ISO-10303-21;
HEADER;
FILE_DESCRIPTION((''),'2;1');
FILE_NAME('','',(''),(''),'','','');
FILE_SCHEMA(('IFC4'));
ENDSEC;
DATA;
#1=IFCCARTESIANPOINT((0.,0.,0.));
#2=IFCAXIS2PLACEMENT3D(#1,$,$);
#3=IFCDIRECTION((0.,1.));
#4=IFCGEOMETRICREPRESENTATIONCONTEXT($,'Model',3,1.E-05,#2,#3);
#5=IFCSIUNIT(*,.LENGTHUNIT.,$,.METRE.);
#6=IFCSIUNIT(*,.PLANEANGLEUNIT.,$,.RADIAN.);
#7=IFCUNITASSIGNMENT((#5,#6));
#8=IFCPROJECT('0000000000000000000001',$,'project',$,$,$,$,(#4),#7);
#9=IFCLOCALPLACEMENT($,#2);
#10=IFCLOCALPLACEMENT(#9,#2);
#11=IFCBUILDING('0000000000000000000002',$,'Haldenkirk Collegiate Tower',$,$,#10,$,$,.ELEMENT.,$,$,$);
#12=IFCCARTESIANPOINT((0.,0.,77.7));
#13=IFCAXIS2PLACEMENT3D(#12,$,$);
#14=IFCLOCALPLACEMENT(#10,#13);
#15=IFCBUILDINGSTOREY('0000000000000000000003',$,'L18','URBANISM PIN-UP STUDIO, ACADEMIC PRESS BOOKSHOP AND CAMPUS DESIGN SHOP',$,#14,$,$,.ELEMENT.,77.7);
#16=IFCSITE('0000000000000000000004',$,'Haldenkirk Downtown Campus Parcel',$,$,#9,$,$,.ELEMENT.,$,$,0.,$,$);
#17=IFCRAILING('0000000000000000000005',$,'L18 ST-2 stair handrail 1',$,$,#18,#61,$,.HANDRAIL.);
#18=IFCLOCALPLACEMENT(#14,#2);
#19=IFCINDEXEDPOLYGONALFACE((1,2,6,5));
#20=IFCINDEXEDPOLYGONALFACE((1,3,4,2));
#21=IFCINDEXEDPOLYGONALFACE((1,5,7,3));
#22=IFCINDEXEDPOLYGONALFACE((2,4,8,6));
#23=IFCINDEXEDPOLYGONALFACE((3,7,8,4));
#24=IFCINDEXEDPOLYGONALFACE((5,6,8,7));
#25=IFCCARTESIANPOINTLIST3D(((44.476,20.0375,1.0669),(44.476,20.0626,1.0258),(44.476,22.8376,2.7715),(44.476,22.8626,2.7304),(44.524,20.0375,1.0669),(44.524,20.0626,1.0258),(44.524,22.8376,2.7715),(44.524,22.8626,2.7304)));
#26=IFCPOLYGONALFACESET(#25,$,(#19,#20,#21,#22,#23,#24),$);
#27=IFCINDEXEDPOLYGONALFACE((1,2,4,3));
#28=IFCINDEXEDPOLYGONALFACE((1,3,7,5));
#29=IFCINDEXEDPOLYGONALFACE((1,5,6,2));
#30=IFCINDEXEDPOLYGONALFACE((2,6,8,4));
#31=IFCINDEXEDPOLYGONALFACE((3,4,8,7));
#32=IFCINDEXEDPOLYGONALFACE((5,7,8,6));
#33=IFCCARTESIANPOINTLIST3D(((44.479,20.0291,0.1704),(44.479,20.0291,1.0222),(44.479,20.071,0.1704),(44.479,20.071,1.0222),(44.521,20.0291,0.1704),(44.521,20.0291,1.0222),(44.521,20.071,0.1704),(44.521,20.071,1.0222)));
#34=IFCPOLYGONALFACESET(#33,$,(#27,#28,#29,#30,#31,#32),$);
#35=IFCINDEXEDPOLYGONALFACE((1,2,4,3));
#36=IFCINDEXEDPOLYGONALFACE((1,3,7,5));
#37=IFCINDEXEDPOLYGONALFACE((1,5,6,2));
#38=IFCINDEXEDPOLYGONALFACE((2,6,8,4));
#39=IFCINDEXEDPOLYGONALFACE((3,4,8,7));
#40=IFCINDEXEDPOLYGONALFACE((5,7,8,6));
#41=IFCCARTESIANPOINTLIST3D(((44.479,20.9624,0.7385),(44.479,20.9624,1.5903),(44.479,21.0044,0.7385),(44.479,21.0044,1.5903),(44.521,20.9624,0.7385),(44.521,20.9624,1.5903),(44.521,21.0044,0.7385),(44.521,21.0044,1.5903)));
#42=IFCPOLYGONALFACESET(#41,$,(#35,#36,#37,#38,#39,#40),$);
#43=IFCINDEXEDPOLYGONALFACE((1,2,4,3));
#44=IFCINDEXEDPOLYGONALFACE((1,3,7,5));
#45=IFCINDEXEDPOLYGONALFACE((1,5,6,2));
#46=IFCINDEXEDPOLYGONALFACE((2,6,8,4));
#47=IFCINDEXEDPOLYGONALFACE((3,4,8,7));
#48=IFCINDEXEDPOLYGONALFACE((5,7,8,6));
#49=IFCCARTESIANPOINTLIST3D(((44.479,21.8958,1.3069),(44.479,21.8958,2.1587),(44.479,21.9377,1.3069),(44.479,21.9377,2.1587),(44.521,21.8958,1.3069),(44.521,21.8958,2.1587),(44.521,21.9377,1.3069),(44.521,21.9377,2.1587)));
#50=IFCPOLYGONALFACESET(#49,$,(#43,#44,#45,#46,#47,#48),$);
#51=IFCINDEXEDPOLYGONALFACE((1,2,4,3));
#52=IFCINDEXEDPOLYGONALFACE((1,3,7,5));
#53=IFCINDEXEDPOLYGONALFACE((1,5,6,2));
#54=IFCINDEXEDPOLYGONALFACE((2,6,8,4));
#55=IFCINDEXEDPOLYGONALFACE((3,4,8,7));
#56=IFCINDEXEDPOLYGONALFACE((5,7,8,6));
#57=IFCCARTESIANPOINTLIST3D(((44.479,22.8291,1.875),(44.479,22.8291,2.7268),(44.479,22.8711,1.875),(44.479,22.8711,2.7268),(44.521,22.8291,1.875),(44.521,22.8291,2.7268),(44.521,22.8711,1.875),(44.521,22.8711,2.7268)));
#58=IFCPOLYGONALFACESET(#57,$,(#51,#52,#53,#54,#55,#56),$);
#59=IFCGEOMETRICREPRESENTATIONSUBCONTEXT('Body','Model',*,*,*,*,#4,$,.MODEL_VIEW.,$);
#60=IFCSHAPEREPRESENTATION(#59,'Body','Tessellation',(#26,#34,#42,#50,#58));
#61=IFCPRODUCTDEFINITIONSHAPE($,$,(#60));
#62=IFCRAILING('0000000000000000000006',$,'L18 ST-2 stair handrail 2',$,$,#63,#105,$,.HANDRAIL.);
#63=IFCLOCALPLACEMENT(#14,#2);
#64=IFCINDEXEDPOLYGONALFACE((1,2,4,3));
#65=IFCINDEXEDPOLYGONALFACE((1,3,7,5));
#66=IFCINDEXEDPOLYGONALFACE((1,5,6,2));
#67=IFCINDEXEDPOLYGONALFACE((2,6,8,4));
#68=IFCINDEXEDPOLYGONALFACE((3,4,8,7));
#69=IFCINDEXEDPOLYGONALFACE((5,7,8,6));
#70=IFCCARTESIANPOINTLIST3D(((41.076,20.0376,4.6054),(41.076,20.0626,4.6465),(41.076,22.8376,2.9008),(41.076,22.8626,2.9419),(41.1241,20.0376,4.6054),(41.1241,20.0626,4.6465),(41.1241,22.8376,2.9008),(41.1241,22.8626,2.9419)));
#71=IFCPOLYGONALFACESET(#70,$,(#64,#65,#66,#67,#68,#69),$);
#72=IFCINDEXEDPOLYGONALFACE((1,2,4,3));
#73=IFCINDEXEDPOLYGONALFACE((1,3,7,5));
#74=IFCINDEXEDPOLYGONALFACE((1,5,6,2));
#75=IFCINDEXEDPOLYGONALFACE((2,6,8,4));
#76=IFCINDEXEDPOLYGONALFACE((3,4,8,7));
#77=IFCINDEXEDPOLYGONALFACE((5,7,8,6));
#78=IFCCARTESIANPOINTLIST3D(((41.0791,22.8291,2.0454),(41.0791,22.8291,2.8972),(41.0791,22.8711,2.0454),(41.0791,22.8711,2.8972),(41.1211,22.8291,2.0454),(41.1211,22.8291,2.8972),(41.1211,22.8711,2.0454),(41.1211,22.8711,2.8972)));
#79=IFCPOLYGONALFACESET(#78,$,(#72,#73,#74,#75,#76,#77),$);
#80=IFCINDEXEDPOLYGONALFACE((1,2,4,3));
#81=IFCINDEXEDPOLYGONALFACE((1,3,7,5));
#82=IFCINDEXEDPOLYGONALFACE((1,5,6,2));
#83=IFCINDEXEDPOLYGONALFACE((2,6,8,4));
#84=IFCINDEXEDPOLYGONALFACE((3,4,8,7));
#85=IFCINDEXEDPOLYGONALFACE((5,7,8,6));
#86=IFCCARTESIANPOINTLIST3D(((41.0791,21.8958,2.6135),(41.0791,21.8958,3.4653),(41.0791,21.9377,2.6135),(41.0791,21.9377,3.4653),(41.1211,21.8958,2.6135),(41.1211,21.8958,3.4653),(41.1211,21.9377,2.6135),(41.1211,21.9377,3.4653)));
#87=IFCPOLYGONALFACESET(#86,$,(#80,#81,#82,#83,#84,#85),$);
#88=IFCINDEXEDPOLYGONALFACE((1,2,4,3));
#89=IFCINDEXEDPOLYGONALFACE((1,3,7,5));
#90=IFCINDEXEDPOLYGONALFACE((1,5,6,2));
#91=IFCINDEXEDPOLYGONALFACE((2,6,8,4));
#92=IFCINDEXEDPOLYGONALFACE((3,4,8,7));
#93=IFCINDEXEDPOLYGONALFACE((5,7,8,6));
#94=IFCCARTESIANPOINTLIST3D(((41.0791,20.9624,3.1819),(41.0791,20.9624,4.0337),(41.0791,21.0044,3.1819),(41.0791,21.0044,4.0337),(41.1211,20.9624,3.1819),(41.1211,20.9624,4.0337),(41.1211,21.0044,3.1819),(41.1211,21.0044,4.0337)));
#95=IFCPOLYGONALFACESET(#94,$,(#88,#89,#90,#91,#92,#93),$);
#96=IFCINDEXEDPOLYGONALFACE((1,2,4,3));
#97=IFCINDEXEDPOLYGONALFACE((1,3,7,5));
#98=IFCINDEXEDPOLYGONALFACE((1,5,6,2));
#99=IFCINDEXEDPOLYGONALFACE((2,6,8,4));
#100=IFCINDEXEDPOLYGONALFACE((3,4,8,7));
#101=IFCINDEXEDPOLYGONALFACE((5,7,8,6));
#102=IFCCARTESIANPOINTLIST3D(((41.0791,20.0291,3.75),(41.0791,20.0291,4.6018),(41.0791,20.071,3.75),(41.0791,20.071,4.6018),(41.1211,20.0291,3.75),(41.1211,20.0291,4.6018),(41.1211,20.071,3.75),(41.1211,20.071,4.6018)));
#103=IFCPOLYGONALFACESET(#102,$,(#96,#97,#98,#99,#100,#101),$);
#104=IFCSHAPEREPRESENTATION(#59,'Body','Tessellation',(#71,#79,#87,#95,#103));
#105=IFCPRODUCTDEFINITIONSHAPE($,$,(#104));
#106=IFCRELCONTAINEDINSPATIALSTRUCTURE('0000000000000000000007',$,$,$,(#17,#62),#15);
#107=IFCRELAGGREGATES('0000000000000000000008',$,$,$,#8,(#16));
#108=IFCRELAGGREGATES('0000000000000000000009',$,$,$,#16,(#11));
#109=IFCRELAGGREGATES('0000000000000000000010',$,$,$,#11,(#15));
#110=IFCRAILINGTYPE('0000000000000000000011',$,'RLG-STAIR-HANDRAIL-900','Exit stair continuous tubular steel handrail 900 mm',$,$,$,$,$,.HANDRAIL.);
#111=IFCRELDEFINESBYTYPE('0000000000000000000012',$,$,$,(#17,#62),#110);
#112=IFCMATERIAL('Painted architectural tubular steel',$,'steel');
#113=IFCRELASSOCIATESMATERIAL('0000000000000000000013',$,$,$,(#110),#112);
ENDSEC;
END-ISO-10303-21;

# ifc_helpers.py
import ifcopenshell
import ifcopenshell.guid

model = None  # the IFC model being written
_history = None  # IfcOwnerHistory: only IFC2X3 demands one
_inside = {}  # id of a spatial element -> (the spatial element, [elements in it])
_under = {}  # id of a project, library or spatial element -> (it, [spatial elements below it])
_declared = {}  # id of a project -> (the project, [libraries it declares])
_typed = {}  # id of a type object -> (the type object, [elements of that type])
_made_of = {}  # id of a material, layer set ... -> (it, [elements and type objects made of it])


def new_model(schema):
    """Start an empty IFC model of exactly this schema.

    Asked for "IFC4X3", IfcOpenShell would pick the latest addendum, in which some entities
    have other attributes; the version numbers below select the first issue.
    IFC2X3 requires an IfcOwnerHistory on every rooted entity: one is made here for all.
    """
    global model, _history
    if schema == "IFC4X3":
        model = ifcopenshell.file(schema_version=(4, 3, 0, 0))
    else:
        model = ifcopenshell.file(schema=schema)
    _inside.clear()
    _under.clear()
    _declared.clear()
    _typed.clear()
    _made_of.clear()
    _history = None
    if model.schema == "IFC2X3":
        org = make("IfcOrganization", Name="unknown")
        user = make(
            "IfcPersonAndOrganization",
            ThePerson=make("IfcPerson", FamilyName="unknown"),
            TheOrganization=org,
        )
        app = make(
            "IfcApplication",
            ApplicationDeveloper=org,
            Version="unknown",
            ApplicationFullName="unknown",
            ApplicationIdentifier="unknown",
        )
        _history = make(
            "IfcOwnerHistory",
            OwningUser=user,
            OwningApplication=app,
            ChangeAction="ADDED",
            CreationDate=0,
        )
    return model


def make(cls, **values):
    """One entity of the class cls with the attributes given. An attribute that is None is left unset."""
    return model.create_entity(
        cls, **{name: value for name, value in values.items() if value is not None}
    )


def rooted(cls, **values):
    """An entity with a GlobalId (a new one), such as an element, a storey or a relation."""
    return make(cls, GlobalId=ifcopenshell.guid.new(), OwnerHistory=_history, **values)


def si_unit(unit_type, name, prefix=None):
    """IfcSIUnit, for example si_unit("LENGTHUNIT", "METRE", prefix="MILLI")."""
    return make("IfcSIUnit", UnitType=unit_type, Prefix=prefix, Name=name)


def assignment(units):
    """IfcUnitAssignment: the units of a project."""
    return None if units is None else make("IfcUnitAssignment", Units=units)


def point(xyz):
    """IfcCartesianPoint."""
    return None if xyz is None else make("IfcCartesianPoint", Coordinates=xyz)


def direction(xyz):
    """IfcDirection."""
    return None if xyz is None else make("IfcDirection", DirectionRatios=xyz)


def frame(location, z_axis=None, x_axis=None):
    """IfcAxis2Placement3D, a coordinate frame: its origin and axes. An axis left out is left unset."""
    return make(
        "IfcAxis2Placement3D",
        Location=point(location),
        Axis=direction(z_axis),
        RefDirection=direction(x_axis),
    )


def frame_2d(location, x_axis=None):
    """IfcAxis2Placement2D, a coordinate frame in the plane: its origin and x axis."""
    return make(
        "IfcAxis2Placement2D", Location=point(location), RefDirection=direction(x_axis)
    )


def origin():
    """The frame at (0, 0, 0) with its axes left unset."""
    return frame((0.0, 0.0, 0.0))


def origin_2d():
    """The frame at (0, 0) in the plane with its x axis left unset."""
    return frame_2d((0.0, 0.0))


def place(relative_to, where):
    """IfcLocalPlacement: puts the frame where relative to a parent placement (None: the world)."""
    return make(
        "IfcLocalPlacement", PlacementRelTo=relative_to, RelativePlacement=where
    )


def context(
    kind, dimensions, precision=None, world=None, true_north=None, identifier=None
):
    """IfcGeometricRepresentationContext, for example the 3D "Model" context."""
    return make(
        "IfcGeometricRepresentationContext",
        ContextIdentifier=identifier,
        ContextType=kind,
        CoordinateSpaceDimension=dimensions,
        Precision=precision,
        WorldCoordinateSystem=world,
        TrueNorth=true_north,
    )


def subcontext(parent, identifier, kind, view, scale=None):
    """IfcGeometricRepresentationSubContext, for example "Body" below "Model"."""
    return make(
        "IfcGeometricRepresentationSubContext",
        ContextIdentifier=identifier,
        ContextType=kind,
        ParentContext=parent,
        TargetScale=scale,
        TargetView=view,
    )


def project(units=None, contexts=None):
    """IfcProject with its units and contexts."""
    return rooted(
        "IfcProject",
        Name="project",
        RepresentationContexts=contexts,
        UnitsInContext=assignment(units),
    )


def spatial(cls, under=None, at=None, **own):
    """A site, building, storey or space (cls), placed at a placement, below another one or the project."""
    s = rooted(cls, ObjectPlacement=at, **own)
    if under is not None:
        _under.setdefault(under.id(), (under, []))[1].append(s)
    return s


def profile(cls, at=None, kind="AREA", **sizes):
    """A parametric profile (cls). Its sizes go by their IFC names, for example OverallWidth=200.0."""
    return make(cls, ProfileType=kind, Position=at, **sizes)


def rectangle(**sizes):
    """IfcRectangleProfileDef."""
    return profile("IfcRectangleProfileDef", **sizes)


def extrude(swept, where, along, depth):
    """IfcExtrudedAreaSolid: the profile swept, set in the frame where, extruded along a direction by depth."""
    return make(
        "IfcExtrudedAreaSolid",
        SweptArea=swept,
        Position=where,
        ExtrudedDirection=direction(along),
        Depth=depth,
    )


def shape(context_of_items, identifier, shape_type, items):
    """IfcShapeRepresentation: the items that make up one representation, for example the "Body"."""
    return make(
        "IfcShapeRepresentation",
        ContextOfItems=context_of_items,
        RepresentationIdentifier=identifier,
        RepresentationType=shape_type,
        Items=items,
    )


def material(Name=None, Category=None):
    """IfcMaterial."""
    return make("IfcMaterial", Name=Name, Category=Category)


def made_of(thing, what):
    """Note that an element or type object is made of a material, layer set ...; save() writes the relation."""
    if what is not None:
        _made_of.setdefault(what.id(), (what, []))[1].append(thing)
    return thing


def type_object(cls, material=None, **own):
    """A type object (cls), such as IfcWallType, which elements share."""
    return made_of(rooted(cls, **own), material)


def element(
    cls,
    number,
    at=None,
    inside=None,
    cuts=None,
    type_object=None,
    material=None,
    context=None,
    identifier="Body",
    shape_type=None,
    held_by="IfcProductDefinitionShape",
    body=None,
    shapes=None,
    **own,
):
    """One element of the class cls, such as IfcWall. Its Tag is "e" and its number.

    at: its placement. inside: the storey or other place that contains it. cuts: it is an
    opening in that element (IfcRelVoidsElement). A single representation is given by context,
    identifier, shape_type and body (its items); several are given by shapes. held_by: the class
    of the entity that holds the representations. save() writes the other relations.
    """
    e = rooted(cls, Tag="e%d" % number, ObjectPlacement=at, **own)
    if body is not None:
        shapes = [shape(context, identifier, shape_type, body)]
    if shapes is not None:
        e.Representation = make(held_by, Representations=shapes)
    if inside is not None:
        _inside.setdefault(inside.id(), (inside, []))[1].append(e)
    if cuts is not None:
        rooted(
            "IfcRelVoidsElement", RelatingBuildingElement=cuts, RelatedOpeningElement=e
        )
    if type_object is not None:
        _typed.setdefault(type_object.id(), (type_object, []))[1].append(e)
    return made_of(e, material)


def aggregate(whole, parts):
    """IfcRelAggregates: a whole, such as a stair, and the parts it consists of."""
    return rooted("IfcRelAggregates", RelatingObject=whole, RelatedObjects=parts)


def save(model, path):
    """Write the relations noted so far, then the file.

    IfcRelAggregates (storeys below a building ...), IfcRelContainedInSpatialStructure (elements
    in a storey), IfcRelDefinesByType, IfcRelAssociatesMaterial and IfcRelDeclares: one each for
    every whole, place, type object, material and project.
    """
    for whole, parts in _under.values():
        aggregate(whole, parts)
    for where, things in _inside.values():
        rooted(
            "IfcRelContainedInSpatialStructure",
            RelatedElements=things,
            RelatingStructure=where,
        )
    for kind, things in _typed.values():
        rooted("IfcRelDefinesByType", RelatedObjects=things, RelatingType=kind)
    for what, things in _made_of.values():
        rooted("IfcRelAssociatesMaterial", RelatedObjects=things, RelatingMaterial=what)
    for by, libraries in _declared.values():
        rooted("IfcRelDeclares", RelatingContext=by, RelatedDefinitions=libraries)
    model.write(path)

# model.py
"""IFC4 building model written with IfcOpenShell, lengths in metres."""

from ifc_helpers import new_model, si_unit, direction, frame, origin, origin_2d, place, context, subcontext, project, spatial, rectangle, extrude, material, type_object, element, save


model = new_model("IFC4")

# Units and contexts
model_context = context("Model", 3, precision=1e-05, world=origin(), true_north=direction((0.0, 1.0)))
body_context = subcontext(model_context, "Body", "Model", "MODEL_VIEW")
ifc_project = project(units=[si_unit("LENGTHUNIT", "METRE"), si_unit("PLANEANGLEUNIT", "RADIAN")], contexts=[model_context])

# Site, building, storey
site_placement = place(None, origin())
site = spatial("IfcSite", under=ifc_project, at=site_placement, Name="Haldenkirk Downtown Campus Parcel", CompositionType="ELEMENT", RefElevation=0.0)
building_placement = place(site_placement, origin())
building = spatial("IfcBuilding", under=site, at=building_placement, Name="Haldenkirk Collegiate Tower", CompositionType="ELEMENT")
storey_placement = place(building_placement, frame((0.0, 0.0, 77.7)))
storey = spatial("IfcBuildingStorey", under=building, at=storey_placement, Name="L18", Description="URBANISM PIN-UP STUDIO, ACADEMIC PRESS BOOKSHOP AND CAMPUS DESIGN SHOP", CompositionType="ELEMENT", Elevation=77.7)

# Railings
ifc_material_1 = material(Name="Painted architectural tubular steel", Category="steel")
railing_type_1 = type_object("IfcRailingType", Name="RLG-STAIR-HANDRAIL-900", Description="Exit stair continuous tubular steel handrail 900 mm", PredefinedType="HANDRAIL", material=ifc_material_1)
railing_1_placement = place(storey_placement, frame((44.5, 20.05, 0.1704)))
element("IfcRailing", 1, at=railing_1_placement, inside=storey, type_object=railing_type_1, Name="L18 ST-2 stair handrail 1", PredefinedType="HANDRAIL", context=body_context, shape_type="SweptSolid", body=[
    extrude(rectangle(XDim=0.0481, YDim=0.0481, at=origin_2d()), frame((0.0, 0.0, 0.876), z_axis=(0.0, 0.85417, 0.519994), x_axis=(-1.0, 0.0, 0.0)), (0.0, 0.0, 1.0), 3.2781),
    extrude(rectangle(XDim=0.042, YDim=0.042, at=origin_2d()), origin(), (0.0, 0.0, 1.0), 0.8518),
    extrude(rectangle(XDim=0.042, YDim=0.042, at=origin_2d()), frame((0.0, 0.9333, 0.5681)), (0.0, 0.0, 1.0), 0.8518),
    extrude(rectangle(XDim=0.042, YDim=0.042, at=origin_2d()), frame((0.0, 1.8667, 1.1365)), (0.0, 0.0, 1.0), 0.8518),
    extrude(rectangle(XDim=0.042, YDim=0.042, at=origin_2d()), frame((0.0, 2.8, 1.7046)), (0.0, 0.0, 1.0), 0.8518),
])
railing_2_placement = place(storey_placement, frame((41.1001, 22.8501, 2.0454)))
element("IfcRailing", 2, at=railing_2_placement, inside=storey, type_object=railing_type_1, Name="L18 ST-2 stair handrail 2", PredefinedType="HANDRAIL", context=body_context, shape_type="SweptSolid", body=[
    extrude(rectangle(XDim=0.0481, YDim=0.0481, at=origin_2d()), frame((0.0, 0.0, 0.876), z_axis=(0.0, -0.85417, 0.519994), x_axis=(1.0, 0.0, 0.0)), (0.0, 0.0, 1.0), 3.2781),
    extrude(rectangle(XDim=0.042, YDim=0.042, at=origin_2d()), origin(), (0.0, 0.0, 1.0), 0.8518),
    extrude(rectangle(XDim=0.042, YDim=0.042, at=origin_2d()), frame((0.0, -0.9333, 0.5681)), (0.0, 0.0, 1.0), 0.8518),
    extrude(rectangle(XDim=0.042, YDim=0.042, at=origin_2d()), frame((0.0, -1.8667, 1.1365)), (0.0, 0.0, 1.0), 0.8518),
    extrude(rectangle(XDim=0.042, YDim=0.042, at=origin_2d()), frame((0.0, -2.8, 1.7046)), (0.0, 0.0, 1.0), 0.8518),
])

save(model, "model.ifc")
